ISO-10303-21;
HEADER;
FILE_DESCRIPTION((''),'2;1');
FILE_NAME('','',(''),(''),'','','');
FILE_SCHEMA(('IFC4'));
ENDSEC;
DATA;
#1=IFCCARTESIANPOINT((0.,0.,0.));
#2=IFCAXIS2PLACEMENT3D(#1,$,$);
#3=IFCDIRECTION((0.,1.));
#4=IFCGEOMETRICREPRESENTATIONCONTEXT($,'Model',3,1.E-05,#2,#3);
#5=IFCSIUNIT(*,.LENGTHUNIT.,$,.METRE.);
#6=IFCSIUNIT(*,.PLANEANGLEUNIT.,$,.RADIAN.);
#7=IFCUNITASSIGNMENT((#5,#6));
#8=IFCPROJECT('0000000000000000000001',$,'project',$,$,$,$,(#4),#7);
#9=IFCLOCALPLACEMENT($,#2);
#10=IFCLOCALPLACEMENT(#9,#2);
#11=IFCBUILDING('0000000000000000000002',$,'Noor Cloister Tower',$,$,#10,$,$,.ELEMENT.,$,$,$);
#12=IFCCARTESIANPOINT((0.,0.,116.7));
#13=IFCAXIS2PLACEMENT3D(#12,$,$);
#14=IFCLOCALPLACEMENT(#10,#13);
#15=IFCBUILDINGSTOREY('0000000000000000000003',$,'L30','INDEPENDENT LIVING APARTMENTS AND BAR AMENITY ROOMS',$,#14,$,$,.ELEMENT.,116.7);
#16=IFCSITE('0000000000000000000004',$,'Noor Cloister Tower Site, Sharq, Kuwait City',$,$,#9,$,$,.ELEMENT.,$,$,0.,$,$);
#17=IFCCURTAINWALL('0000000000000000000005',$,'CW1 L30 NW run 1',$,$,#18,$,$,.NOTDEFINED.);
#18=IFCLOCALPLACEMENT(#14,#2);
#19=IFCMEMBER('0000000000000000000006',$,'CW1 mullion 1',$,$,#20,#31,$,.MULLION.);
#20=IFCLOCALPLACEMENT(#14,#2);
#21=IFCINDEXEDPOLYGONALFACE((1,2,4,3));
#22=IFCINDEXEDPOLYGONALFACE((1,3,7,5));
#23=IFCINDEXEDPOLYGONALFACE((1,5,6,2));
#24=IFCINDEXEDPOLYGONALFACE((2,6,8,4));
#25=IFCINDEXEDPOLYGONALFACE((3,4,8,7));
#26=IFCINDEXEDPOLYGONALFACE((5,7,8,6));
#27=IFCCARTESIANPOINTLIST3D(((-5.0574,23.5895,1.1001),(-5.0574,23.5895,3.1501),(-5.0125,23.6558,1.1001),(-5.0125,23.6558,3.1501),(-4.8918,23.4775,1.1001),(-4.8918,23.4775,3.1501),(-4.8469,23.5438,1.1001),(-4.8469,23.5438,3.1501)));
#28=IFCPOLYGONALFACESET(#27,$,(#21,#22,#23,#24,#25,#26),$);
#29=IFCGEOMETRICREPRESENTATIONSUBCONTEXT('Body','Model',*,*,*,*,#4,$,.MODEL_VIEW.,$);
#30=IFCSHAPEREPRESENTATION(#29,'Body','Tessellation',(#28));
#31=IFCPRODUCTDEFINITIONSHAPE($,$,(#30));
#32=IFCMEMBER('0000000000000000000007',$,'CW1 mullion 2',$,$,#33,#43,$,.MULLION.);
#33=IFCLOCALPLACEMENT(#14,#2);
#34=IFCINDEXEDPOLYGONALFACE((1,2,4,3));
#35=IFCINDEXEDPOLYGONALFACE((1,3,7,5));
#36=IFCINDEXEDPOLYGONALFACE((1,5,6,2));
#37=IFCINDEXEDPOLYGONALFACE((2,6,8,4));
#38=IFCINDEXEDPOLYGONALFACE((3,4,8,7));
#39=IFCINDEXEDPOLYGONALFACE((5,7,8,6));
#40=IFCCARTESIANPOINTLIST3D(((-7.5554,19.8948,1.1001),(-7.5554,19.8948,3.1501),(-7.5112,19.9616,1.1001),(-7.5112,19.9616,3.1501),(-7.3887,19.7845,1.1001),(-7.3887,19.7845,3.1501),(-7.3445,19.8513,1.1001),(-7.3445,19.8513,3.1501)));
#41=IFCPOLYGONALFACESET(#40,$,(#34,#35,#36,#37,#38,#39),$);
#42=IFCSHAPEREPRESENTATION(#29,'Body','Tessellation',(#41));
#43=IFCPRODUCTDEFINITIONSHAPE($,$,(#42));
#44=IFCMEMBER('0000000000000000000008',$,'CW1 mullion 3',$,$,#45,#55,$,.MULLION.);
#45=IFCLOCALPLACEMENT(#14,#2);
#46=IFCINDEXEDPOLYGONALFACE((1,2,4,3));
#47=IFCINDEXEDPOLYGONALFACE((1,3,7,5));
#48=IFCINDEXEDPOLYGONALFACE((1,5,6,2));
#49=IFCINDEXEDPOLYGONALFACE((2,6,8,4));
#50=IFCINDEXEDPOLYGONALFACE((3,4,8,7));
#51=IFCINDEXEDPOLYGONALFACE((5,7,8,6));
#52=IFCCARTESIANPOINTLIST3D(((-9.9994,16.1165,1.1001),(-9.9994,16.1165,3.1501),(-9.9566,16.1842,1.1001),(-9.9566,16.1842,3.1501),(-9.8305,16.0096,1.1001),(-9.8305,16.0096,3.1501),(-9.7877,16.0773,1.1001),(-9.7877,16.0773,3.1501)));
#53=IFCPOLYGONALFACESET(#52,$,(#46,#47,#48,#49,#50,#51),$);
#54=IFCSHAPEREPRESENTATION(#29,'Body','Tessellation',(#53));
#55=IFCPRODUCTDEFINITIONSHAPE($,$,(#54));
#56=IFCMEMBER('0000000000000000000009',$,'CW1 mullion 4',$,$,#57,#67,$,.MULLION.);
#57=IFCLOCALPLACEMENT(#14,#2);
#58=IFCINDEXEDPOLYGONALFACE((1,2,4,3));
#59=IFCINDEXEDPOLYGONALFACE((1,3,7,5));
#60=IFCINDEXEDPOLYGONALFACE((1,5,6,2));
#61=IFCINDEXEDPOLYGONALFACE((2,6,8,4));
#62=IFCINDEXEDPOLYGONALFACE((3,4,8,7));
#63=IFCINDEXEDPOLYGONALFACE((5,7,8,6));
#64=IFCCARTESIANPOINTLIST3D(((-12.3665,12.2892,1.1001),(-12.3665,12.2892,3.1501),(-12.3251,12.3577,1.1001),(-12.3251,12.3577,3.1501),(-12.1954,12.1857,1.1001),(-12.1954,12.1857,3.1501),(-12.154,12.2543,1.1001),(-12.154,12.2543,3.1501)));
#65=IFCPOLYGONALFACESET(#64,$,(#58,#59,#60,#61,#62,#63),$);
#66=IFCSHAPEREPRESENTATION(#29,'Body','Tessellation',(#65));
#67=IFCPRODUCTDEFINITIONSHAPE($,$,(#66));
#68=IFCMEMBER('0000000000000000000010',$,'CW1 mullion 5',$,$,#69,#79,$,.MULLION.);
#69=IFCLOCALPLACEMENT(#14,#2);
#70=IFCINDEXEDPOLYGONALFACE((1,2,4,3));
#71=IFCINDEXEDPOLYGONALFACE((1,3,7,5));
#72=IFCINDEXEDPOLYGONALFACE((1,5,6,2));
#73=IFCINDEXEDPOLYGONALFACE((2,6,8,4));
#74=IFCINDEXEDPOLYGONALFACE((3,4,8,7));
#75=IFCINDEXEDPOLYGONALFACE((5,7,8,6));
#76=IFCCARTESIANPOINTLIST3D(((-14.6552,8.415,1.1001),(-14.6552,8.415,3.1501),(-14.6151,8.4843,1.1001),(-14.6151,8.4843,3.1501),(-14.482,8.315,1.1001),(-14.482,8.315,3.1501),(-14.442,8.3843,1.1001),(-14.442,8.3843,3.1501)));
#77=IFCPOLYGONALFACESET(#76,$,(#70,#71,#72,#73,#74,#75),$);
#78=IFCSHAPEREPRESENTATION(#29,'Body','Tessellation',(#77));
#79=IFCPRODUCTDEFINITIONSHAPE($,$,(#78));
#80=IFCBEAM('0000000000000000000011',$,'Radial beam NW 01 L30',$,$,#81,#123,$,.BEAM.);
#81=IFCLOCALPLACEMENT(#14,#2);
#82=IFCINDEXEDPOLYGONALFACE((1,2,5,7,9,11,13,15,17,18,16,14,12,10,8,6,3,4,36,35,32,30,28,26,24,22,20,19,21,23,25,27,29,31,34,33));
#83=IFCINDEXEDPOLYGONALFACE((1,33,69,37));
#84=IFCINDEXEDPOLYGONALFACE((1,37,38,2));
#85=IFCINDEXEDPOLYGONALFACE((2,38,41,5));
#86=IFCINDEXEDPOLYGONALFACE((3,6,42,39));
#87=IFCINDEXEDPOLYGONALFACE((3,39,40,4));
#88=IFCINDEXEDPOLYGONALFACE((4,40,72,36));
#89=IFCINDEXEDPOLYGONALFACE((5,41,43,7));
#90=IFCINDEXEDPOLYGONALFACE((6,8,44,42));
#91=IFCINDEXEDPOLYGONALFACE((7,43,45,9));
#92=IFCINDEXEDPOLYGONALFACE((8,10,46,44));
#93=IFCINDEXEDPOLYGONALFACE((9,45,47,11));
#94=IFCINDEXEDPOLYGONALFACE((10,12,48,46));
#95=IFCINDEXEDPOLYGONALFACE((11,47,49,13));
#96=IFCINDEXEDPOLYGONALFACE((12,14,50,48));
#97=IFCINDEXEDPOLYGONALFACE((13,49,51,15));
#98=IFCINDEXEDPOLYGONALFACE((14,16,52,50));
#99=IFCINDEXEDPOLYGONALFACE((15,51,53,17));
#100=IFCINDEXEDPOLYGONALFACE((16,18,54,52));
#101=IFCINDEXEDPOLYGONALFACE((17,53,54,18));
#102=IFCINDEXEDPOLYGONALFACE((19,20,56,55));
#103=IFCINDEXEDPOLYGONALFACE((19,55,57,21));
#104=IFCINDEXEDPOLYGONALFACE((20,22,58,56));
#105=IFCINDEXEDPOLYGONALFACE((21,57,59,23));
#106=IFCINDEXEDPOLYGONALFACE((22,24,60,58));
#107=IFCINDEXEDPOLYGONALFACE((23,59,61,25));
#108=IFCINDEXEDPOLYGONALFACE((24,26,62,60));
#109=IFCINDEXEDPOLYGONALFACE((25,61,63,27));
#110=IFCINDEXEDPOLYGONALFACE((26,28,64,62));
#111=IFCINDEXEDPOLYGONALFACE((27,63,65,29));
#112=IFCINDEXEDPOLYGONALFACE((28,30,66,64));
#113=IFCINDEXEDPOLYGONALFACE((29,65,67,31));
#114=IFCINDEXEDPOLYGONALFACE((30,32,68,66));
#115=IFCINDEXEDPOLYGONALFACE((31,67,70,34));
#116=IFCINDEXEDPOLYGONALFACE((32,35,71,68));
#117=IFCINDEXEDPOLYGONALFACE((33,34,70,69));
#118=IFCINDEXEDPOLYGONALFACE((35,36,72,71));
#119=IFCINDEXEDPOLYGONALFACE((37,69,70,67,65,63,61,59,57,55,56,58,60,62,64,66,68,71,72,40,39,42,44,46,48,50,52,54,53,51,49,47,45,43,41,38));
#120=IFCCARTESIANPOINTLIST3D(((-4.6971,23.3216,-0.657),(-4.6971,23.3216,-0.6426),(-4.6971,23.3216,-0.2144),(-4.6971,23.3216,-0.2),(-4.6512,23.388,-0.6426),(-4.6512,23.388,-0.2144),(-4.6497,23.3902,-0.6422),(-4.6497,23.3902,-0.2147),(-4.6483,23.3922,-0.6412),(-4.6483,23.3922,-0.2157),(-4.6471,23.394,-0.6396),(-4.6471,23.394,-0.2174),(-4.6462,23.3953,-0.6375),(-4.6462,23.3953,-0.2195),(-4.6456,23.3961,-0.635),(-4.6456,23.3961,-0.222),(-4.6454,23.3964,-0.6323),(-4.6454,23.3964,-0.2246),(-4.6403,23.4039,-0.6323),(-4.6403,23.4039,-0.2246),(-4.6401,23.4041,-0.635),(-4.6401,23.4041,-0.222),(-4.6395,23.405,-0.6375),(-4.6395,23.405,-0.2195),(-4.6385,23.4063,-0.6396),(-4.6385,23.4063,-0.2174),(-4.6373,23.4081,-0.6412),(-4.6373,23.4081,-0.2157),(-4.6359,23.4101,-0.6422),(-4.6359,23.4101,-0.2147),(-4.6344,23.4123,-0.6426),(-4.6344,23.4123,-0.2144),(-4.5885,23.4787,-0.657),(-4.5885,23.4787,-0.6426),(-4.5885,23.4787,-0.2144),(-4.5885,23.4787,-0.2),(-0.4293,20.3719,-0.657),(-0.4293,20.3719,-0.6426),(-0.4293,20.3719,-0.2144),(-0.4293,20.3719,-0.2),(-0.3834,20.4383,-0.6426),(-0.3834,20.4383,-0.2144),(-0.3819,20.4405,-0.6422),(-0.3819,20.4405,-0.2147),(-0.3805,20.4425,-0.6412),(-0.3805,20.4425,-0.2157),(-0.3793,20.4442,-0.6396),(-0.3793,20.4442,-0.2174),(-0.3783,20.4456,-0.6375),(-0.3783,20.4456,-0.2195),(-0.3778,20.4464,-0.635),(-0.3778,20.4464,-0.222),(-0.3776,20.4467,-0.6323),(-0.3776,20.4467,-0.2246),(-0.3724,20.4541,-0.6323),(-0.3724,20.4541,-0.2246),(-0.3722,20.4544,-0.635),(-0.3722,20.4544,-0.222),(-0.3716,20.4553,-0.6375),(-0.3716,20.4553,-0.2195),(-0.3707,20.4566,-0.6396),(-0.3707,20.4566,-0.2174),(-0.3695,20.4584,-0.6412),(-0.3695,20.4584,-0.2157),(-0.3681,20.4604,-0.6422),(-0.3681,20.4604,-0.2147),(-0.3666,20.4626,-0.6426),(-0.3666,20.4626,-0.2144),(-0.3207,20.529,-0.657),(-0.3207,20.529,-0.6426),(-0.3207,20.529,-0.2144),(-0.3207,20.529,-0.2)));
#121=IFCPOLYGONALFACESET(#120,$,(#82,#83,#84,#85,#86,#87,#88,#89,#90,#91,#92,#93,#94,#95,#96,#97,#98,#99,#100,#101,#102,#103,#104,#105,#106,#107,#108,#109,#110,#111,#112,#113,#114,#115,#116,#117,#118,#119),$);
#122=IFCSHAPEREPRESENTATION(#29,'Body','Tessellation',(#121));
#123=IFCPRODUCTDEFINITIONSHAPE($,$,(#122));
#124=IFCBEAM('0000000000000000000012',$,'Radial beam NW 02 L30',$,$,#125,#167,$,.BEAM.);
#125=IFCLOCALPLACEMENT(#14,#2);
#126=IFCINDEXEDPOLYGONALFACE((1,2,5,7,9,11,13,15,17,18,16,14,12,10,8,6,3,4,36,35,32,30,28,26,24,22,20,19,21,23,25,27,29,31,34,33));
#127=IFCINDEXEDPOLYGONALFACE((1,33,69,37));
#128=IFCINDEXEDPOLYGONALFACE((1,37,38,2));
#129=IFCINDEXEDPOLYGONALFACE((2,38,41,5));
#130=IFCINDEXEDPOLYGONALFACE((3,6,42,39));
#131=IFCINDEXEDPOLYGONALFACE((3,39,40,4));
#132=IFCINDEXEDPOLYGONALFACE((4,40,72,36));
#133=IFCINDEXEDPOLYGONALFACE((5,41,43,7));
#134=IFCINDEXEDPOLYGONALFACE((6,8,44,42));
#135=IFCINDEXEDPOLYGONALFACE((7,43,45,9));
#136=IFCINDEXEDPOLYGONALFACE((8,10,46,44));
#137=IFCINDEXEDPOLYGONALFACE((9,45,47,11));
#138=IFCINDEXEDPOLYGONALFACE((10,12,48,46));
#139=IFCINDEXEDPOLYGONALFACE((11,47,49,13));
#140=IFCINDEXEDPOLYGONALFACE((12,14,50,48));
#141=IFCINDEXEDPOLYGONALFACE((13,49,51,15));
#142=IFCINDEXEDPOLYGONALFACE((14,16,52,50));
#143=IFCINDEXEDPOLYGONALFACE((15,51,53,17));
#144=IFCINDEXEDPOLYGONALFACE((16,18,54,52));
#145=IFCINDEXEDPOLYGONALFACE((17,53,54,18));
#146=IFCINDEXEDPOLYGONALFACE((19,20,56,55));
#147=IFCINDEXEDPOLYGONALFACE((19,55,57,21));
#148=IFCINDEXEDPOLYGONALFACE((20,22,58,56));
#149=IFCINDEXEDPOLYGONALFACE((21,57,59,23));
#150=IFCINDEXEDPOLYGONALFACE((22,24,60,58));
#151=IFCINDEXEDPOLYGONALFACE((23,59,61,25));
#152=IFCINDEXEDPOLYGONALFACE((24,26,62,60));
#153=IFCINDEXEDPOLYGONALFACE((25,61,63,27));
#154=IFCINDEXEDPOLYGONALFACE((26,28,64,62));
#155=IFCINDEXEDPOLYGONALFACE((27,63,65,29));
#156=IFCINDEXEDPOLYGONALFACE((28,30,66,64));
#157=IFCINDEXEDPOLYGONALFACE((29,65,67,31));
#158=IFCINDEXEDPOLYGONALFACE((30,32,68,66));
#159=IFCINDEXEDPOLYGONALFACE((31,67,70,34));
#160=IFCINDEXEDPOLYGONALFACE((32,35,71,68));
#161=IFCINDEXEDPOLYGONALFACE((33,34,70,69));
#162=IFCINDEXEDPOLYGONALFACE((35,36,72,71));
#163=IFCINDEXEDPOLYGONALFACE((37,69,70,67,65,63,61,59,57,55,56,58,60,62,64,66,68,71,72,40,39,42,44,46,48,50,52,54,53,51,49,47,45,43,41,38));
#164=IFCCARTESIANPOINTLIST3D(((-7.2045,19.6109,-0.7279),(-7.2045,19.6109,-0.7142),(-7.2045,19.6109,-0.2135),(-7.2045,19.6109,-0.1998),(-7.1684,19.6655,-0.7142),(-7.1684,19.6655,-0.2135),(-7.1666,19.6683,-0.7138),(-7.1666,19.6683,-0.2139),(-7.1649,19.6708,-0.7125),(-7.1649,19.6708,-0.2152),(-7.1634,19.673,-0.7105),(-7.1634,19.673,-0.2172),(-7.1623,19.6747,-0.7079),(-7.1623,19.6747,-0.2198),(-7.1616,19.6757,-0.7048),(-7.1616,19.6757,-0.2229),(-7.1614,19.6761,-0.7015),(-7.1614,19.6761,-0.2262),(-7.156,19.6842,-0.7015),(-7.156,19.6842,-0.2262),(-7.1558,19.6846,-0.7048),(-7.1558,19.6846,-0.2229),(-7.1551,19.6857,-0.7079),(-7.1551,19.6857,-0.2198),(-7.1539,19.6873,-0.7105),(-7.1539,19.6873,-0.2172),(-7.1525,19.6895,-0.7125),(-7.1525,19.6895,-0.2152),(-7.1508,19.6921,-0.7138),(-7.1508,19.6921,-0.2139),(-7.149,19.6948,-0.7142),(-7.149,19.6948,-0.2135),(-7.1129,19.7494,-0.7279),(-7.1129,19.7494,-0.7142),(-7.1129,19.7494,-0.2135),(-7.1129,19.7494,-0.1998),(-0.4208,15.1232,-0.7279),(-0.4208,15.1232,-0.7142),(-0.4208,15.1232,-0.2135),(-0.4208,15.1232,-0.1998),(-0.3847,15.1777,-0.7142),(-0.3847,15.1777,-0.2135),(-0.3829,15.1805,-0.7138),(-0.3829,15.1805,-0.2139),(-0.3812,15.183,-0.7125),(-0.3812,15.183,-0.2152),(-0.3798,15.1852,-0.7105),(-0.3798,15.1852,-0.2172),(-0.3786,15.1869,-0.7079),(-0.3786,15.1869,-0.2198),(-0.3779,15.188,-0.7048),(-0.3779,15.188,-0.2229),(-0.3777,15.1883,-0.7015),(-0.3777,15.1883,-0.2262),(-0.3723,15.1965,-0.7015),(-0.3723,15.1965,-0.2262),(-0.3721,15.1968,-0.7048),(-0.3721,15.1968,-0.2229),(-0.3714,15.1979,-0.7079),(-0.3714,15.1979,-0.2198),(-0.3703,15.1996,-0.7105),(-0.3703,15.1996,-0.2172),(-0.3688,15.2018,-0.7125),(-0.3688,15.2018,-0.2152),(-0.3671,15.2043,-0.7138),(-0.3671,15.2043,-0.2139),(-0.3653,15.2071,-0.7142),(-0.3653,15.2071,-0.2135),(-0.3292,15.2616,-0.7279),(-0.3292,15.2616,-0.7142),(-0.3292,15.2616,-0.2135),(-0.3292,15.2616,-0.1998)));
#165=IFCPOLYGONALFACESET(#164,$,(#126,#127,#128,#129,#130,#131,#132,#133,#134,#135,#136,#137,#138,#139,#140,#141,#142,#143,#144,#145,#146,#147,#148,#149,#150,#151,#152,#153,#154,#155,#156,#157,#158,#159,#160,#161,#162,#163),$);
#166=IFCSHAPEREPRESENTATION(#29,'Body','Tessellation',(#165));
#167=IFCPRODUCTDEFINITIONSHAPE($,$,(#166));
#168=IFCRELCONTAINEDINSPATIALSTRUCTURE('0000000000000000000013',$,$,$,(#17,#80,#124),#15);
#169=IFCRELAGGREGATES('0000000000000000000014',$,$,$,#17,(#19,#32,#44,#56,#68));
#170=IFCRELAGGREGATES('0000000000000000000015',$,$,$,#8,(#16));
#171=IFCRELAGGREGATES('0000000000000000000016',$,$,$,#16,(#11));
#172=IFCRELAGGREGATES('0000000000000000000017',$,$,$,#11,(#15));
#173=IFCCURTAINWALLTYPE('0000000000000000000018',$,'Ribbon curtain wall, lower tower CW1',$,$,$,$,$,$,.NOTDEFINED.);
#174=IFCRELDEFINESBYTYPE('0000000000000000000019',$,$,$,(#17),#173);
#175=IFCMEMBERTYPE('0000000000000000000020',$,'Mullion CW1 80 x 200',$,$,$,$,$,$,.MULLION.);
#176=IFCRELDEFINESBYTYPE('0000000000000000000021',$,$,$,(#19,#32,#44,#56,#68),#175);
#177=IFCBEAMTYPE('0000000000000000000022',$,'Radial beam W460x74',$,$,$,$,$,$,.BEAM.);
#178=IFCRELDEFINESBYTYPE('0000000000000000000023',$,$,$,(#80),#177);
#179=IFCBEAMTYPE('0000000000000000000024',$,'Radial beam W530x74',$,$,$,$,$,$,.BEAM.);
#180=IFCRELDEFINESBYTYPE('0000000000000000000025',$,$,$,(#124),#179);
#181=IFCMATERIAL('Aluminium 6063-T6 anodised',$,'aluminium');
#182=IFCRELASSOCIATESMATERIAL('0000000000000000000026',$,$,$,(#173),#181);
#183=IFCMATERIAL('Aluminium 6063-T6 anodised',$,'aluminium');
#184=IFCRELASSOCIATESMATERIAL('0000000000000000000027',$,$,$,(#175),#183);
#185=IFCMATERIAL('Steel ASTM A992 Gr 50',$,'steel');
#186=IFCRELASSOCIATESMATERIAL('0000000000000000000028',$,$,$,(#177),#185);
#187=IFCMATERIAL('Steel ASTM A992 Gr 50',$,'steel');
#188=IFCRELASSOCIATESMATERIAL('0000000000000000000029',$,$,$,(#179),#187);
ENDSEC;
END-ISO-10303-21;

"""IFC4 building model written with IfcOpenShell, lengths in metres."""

from ifc_helpers import new_model, si_unit, direction, frame, origin, origin_2d, place, context, subcontext, project, spatial, rectangle, i_section, extrude, material, material_profile, profile_set, type_object, element, aggregate, save


model = new_model("IFC4")

# Units and contexts
model_context = context("Model", 3, precision=1e-05, world=origin(), true_north=direction((0.0, 1.0)))
body_context = subcontext(model_context, "Body", "Model", "MODEL_VIEW")
ifc_project = project(units=[si_unit("LENGTHUNIT", "METRE"), si_unit("PLANEANGLEUNIT", "RADIAN")], contexts=[model_context])

# Site, building, storey
site_placement = place(None, origin())
site = spatial("IfcSite", under=ifc_project, at=site_placement, Name="Noor Cloister Tower Site, Sharq, Kuwait City", CompositionType="ELEMENT", RefElevation=0.0)
building_placement = place(site_placement, origin())
building = spatial("IfcBuilding", under=site, at=building_placement, Name="Noor Cloister Tower", CompositionType="ELEMENT")
storey_placement = place(building_placement, frame((0.0, 0.0, 116.7)))
storey = spatial("IfcBuildingStorey", under=building, at=storey_placement, Name="L30", Description="INDEPENDENT LIVING APARTMENTS AND BAR AMENITY ROOMS", CompositionType="ELEMENT", Elevation=116.7)

# Curtain wall, members
ifc_material_1 = material(Name="Aluminium 6063-T6 anodised", Category="aluminium")
curtain_wall_type = type_object("IfcCurtainWallType", Name="Ribbon curtain wall, lower tower CW1", PredefinedType="NOTDEFINED", material=ifc_material_1)
curtain_wall_placement = place(storey_placement, origin())
curtain_wall = element("IfcCurtainWall", 1, at=curtain_wall_placement, inside=storey, type_object=curtain_wall_type, Name="CW1 L30 NW run 1", PredefinedType="NOTDEFINED")
ifc_material_2 = material(Name="Aluminium 6063-T6 anodised", Category="aluminium")
ifc_material_profile_1 = material_profile(ifc_material_2, rectangle(XDim=0.2, YDim=0.0801, at=origin_2d()), Name="200 x 80 mullion")
ifc_profile_set_1 = profile_set([ifc_material_profile_1], Name="Aluminium 6063-T6 anodised")
member_type = type_object("IfcMemberType", Name="Mullion CW1 80 x 200", PredefinedType="MULLION", material=ifc_profile_set_1)
member_1_placement = place(storey_placement, frame((-4.9521, 23.5667, 1.1001), z_axis=(0.0, 0.0, 1.0), x_axis=(0.828356, -0.560203, 0.0)))
member_1 = element("IfcMember", 2, at=member_1_placement, type_object=member_type, Name="CW1 mullion 1", PredefinedType="MULLION", context=body_context, shape_type="SweptSolid", body=[
    extrude(rectangle(XDim=0.2, YDim=0.0801, at=origin_2d()), origin(), (0.0, 0.0, 1.0), 2.05),
])
member_2_placement = place(storey_placement, frame((-7.45, 19.873, 1.1001), z_axis=(0.0, 0.0, 1.0), x_axis=(0.833997, -0.551768, 0.0)))
member_2 = element("IfcMember", 3, at=member_2_placement, type_object=member_type, Name="CW1 mullion 2", PredefinedType="MULLION", context=body_context, shape_type="SweptSolid", body=[
    extrude(rectangle(XDim=0.2, YDim=0.0801, at=origin_2d()), origin(), (0.0, 0.0, 1.0), 2.05),
])
member_3_placement = place(storey_placement, frame((-9.8936, 16.0969, 1.1001), z_axis=(0.0, 0.0, 1.0), x_axis=(0.845023, -0.53473, 0.0)))
member_3 = element("IfcMember", 4, at=member_3_placement, type_object=member_type, Name="CW1 mullion 3", PredefinedType="MULLION", context=body_context, shape_type="SweptSolid", body=[
    extrude(rectangle(XDim=0.2, YDim=0.0801, at=origin_2d()), origin(), (0.0, 0.0, 1.0), 2.05),
])
member_4_placement = place(storey_placement, frame((-12.2603, 12.2717, 1.1001), z_axis=(0.0, 0.0, 1.0), x_axis=(0.8557, -0.517472, 0.0)))
member_4 = element("IfcMember", 5, at=member_4_placement, type_object=member_type, Name="CW1 mullion 4", PredefinedType="MULLION", context=body_context, shape_type="SweptSolid", body=[
    extrude(rectangle(XDim=0.2, YDim=0.0801, at=origin_2d()), origin(), (0.0, 0.0, 1.0), 2.05),
])
member_5_placement = place(storey_placement, frame((-14.5486, 8.3997, 1.1001), z_axis=(0.0, 0.0, 1.0), x_axis=(0.866025, -0.5, 0.0)))
member_5 = element("IfcMember", 6, at=member_5_placement, type_object=member_type, Name="CW1 mullion 5", PredefinedType="MULLION", context=body_context, shape_type="SweptSolid", body=[
    extrude(rectangle(XDim=0.2, YDim=0.0801, at=origin_2d()), origin(), (0.0, 0.0, 1.0), 2.05),
])

# Beams
ifc_material_3 = material(Name="Steel ASTM A992 Gr 50", Category="steel")
ifc_material_profile_2 = material_profile(ifc_material_3, i_section(OverallWidth=0.1909, OverallDepth=0.457, WebThickness=0.009, FlangeThickness=0.0144, FilletRadius=0.0103, at=origin_2d()), Name="W460x74")
ifc_profile_set_2 = profile_set([ifc_material_profile_2], Name="Steel ASTM A992 Gr 50")
beam_type_1 = type_object("IfcBeamType", Name="Radial beam W460x74", PredefinedType="BEAM", material=ifc_profile_set_2)
beam_1_placement = place(storey_placement, frame((-4.6428, 23.4001, -0.4285), z_axis=(0.822637, -0.568566, 0.0), x_axis=(0.568566, 0.822637, 0.0)))
element("IfcBeam", 7, at=beam_1_placement, inside=storey, type_object=beam_type_1, Name="Radial beam NW 01 L30", PredefinedType="BEAM", context=body_context, shape_type="SweptSolid", body=[
    extrude(i_section(OverallWidth=0.1909, OverallDepth=0.457, WebThickness=0.009, FlangeThickness=0.0144, FilletRadius=0.0103, at=origin_2d()), origin(), (0.0, 0.0, 1.0), 5.188),
])
ifc_material_4 = material(Name="Steel ASTM A992 Gr 50", Category="steel")
ifc_material_profile_3 = material_profile(ifc_material_4, i_section(OverallWidth=0.166, OverallDepth=0.5281, WebThickness=0.0098, FlangeThickness=0.0137, FilletRadius=0.0127, at=origin_2d()), Name="W530x74")
ifc_profile_set_3 = profile_set([ifc_material_profile_3], Name="Steel ASTM A992 Gr 50")
beam_type_2 = type_object("IfcBeamType", Name="Radial beam W530x74", PredefinedType="BEAM", material=ifc_profile_set_3)
beam_2_placement = place(storey_placement, frame((-7.1587, 19.6802, -0.4639), z_axis=(0.834012, -0.551746, 0.0), x_axis=(0.551746, 0.834012, 0.0)))
element("IfcBeam", 8, at=beam_2_placement, inside=storey, type_object=beam_type_2, Name="Radial beam NW 02 L30", PredefinedType="BEAM", context=body_context, shape_type="SweptSolid", body=[
    extrude(i_section(OverallWidth=0.166, OverallDepth=0.5281, WebThickness=0.0098, FlangeThickness=0.0137, FilletRadius=0.0127, at=origin_2d()), origin(), (0.0, 0.0, 1.0), 8.1338),
])

aggregate(curtain_wall, [member_1, member_2, member_3, member_4, member_5])

save(model, "model.ifc")
